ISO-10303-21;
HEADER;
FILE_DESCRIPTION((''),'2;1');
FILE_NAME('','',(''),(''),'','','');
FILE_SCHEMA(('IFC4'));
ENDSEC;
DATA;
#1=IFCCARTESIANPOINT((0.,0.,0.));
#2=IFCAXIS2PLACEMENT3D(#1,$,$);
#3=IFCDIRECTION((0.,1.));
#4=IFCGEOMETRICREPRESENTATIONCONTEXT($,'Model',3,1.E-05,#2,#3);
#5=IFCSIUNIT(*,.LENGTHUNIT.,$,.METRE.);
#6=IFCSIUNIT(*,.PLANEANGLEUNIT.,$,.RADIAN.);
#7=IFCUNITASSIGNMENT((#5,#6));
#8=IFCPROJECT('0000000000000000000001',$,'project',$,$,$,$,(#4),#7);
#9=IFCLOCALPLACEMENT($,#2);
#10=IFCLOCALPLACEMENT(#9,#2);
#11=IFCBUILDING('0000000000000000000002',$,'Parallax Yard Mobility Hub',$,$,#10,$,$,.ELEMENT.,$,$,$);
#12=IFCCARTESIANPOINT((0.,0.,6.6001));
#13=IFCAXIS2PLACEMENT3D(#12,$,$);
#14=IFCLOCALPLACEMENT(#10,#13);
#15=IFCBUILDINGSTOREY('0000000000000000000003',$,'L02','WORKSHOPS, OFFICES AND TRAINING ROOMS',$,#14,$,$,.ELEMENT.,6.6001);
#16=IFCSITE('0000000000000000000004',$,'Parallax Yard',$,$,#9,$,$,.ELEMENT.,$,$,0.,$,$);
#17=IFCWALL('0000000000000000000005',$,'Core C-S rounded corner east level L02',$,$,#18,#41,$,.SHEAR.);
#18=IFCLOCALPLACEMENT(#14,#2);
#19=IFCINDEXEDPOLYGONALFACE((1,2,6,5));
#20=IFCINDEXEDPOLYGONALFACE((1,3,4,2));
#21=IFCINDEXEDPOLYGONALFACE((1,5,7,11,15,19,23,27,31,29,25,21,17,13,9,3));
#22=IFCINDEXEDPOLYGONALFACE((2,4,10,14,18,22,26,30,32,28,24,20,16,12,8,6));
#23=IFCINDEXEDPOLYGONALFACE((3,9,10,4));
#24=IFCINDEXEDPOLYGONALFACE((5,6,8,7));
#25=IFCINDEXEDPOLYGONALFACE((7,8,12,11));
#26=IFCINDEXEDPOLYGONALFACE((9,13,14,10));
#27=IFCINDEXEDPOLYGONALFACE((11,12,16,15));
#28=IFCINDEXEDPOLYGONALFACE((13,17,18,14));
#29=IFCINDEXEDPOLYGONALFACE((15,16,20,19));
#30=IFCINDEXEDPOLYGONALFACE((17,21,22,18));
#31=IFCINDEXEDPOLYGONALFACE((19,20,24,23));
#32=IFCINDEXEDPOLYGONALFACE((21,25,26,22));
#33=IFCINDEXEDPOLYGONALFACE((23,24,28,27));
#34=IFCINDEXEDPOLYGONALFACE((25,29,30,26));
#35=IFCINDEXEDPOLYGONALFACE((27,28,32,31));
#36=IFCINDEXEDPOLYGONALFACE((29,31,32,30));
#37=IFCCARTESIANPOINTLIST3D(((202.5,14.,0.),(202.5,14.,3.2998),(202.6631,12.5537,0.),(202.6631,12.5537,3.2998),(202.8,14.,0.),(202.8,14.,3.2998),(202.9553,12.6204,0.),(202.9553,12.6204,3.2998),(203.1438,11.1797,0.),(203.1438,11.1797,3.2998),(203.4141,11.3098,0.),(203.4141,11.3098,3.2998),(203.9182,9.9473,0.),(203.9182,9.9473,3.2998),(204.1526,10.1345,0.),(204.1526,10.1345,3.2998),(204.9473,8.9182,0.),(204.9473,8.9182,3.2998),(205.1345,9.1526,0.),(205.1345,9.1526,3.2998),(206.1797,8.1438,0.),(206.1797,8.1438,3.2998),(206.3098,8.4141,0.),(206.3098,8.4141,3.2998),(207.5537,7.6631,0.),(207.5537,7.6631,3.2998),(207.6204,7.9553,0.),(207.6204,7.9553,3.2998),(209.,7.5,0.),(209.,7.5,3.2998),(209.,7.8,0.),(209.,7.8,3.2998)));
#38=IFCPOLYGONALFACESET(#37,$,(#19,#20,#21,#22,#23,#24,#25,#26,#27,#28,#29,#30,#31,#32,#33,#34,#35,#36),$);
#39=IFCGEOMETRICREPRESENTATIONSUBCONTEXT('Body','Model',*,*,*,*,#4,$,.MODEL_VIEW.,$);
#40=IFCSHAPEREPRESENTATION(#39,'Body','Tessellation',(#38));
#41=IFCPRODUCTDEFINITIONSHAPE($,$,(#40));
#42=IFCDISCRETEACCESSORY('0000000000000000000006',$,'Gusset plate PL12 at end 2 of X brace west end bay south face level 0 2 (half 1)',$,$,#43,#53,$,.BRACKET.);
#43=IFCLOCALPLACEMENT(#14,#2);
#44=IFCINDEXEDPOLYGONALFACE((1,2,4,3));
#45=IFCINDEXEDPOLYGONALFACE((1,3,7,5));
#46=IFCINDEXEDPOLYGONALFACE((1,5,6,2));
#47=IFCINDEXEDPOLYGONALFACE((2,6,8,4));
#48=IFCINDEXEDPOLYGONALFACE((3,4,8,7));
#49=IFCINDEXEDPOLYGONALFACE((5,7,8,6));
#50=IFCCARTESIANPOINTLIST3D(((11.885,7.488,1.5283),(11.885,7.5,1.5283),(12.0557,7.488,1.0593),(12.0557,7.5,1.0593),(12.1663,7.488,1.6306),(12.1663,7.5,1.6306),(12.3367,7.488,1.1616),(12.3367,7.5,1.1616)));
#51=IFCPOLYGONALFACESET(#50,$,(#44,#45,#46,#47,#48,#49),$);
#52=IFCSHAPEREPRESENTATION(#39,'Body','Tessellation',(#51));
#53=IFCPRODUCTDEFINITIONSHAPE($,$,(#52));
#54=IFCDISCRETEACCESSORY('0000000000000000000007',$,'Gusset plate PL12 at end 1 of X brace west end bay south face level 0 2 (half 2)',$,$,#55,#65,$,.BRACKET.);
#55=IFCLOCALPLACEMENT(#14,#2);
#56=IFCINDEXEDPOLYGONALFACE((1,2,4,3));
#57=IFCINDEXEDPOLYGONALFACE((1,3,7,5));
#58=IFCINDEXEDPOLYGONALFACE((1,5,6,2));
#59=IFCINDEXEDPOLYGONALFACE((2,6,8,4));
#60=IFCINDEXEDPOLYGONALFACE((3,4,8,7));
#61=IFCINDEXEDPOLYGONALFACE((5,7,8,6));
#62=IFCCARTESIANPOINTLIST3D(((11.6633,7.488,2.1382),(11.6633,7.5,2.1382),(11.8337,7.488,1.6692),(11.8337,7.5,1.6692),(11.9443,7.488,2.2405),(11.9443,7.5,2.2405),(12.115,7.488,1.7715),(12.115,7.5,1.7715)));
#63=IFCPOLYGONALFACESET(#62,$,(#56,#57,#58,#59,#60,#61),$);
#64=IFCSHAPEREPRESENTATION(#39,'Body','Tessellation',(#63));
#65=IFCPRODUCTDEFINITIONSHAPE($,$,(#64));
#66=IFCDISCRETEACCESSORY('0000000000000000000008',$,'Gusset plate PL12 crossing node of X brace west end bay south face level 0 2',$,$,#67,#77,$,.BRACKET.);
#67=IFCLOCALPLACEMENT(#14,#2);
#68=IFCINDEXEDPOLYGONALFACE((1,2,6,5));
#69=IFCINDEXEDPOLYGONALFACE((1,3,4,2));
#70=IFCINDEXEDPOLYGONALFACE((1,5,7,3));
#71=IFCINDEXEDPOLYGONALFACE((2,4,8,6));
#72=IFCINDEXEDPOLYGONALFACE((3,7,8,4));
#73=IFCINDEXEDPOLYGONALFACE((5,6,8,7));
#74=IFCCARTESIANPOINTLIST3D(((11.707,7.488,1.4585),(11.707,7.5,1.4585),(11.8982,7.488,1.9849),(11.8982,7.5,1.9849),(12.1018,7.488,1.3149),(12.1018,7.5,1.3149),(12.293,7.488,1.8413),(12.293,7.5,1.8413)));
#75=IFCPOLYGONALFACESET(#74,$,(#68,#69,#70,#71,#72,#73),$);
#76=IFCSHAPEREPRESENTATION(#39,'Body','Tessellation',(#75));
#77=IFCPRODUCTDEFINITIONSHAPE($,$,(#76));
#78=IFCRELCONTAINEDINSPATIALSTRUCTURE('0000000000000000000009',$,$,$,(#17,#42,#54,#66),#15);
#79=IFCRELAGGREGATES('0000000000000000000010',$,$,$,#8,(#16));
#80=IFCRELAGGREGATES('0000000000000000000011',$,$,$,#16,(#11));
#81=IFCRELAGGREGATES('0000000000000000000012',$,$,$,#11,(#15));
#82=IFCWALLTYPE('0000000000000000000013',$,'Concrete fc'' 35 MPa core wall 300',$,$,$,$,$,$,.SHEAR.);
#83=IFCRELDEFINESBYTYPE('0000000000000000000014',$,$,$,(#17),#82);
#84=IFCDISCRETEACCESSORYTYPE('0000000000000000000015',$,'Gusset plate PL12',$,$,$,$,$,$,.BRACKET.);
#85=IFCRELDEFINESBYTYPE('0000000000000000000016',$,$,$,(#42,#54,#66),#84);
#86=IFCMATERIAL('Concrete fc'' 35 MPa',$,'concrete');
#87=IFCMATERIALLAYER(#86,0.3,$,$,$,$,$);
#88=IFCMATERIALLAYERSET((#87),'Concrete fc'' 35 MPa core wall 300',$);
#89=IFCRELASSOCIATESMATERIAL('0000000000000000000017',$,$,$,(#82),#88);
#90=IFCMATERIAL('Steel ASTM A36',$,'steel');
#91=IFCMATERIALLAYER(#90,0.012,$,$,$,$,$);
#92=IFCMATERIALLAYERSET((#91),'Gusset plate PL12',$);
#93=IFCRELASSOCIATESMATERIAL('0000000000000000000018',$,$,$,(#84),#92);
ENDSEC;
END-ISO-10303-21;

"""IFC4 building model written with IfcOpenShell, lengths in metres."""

from ifc_helpers import new_model, si_unit, direction, frame, origin, place, context, subcontext, project, spatial, polyline, outline, extrude, material, layer, layer_set, type_object, element, save


model = new_model("IFC4")

# Units and contexts
model_context = context("Model", 3, precision=1e-05, world=origin(), true_north=direction((0.0, 1.0)))
body_context = subcontext(model_context, "Body", "Model", "MODEL_VIEW")
ifc_project = project(units=[si_unit("LENGTHUNIT", "METRE"), si_unit("PLANEANGLEUNIT", "RADIAN")], contexts=[model_context])

# Site, building, storey
site_placement = place(None, origin())
site = spatial("IfcSite", under=ifc_project, at=site_placement, Name="Parallax Yard", CompositionType="ELEMENT", RefElevation=0.0)
building_placement = place(site_placement, origin())
building = spatial("IfcBuilding", under=site, at=building_placement, Name="Parallax Yard Mobility Hub", CompositionType="ELEMENT")
storey_placement = place(building_placement, frame((0.0, 0.0, 6.6001)))
storey = spatial("IfcBuildingStorey", under=building, at=storey_placement, Name="L02", Description="WORKSHOPS, OFFICES AND TRAINING ROOMS", CompositionType="ELEMENT", Elevation=6.6001)

# Shared definitions
ifc_material_1 = material(Name="Concrete fc' 35 MPa", Category="concrete")

# Wall
ifc_layer_1 = layer(ifc_material_1, 0.3)
ifc_layer_set_1 = layer_set([ifc_layer_1], Name="Concrete fc' 35 MPa core wall 300")
wall_type = type_object("IfcWallType", Name="Concrete fc' 35 MPa core wall 300", PredefinedType="SHEAR", material=ifc_layer_set_1)
wall_1_placement = place(storey_placement, origin())
element("IfcWall", 1, at=wall_1_placement, inside=storey, type_object=wall_type, Name="Core C-S rounded corner east level L02", PredefinedType="SHEAR", context=body_context, shape_type="SweptSolid", body=[
    extrude(outline(polyline([(202.5, 14.0), (202.6631, 12.5537), (203.1438, 11.1797), (203.9182, 9.9473), (204.9473, 8.9182), (206.1797, 8.1438), (207.5537, 7.6631), (209.0, 7.5), (209.0, 7.8), (207.6204, 7.9553), (206.3098, 8.4141), (205.1345, 9.1526), (204.1526, 10.1345), (203.4141, 11.3098), (202.9553, 12.6204), (202.8, 14.0), (202.5, 14.0)])), origin(), (0.0, 0.0, 1.0), 3.2998),
])

# Discrete accessories
ifc_material_2 = material(Name="Steel ASTM A36", Category="steel")
ifc_layer_2 = layer(ifc_material_2, 0.012)
ifc_layer_set_2 = layer_set([ifc_layer_2], Name="Gusset plate PL12")
discrete_accessory_type = type_object("IfcDiscreteAccessoryType", Name="Gusset plate PL12", PredefinedType="BRACKET", material=ifc_layer_set_2)
for number, where, z_axis, x_axis, name in (
    (2, (12.0557, 7.5, 1.0593), (0.0, 1.0, 0.0), (-0.341939, 0.0, 0.939722), "Gusset plate PL12 at end 2 of X brace west end bay south face level 0 2 (half 1)"),
    (3, (11.9443, 7.5, 2.2405), (0.0, 1.0, 0.0), (0.341939, 0.0, -0.939722), "Gusset plate PL12 at end 1 of X brace west end bay south face level 0 2 (half 2)"),
):
    element("IfcDiscreteAccessory", number, at=place(storey_placement, frame(where, z_axis=z_axis, x_axis=x_axis)), inside=storey, type_object=discrete_accessory_type, Name=name, PredefinedType="BRACKET", context=body_context, shape_type="SweptSolid", body=[
        extrude(outline(polyline([(0.0, 0.0), (0.4991, 0.0), (0.499, 0.2993), (0.0, 0.299), (0.0, 0.0)])), origin(), (0.0, 0.0, -1.0), 0.012),
    ])
discrete_accessory_placement = place(storey_placement, frame((11.707, 7.5, 1.4585), z_axis=(0.0, 1.0, 0.0), x_axis=(0.341358, 0.0, 0.939933)))
element("IfcDiscreteAccessory", 4, at=discrete_accessory_placement, inside=storey, type_object=discrete_accessory_type, Name="Gusset plate PL12 crossing node of X brace west end bay south face level 0 2", PredefinedType="BRACKET", context=body_context, shape_type="SweptSolid", body=[
    extrude(outline(polyline([(0.0, 0.0), (0.56, 0.0), (0.5598, 0.4201), (-0.0002, 0.4201), (0.0, 0.0)])), origin(), (0.0, 0.0, -1.0), 0.012),
])

save(model, "model.ifc")
